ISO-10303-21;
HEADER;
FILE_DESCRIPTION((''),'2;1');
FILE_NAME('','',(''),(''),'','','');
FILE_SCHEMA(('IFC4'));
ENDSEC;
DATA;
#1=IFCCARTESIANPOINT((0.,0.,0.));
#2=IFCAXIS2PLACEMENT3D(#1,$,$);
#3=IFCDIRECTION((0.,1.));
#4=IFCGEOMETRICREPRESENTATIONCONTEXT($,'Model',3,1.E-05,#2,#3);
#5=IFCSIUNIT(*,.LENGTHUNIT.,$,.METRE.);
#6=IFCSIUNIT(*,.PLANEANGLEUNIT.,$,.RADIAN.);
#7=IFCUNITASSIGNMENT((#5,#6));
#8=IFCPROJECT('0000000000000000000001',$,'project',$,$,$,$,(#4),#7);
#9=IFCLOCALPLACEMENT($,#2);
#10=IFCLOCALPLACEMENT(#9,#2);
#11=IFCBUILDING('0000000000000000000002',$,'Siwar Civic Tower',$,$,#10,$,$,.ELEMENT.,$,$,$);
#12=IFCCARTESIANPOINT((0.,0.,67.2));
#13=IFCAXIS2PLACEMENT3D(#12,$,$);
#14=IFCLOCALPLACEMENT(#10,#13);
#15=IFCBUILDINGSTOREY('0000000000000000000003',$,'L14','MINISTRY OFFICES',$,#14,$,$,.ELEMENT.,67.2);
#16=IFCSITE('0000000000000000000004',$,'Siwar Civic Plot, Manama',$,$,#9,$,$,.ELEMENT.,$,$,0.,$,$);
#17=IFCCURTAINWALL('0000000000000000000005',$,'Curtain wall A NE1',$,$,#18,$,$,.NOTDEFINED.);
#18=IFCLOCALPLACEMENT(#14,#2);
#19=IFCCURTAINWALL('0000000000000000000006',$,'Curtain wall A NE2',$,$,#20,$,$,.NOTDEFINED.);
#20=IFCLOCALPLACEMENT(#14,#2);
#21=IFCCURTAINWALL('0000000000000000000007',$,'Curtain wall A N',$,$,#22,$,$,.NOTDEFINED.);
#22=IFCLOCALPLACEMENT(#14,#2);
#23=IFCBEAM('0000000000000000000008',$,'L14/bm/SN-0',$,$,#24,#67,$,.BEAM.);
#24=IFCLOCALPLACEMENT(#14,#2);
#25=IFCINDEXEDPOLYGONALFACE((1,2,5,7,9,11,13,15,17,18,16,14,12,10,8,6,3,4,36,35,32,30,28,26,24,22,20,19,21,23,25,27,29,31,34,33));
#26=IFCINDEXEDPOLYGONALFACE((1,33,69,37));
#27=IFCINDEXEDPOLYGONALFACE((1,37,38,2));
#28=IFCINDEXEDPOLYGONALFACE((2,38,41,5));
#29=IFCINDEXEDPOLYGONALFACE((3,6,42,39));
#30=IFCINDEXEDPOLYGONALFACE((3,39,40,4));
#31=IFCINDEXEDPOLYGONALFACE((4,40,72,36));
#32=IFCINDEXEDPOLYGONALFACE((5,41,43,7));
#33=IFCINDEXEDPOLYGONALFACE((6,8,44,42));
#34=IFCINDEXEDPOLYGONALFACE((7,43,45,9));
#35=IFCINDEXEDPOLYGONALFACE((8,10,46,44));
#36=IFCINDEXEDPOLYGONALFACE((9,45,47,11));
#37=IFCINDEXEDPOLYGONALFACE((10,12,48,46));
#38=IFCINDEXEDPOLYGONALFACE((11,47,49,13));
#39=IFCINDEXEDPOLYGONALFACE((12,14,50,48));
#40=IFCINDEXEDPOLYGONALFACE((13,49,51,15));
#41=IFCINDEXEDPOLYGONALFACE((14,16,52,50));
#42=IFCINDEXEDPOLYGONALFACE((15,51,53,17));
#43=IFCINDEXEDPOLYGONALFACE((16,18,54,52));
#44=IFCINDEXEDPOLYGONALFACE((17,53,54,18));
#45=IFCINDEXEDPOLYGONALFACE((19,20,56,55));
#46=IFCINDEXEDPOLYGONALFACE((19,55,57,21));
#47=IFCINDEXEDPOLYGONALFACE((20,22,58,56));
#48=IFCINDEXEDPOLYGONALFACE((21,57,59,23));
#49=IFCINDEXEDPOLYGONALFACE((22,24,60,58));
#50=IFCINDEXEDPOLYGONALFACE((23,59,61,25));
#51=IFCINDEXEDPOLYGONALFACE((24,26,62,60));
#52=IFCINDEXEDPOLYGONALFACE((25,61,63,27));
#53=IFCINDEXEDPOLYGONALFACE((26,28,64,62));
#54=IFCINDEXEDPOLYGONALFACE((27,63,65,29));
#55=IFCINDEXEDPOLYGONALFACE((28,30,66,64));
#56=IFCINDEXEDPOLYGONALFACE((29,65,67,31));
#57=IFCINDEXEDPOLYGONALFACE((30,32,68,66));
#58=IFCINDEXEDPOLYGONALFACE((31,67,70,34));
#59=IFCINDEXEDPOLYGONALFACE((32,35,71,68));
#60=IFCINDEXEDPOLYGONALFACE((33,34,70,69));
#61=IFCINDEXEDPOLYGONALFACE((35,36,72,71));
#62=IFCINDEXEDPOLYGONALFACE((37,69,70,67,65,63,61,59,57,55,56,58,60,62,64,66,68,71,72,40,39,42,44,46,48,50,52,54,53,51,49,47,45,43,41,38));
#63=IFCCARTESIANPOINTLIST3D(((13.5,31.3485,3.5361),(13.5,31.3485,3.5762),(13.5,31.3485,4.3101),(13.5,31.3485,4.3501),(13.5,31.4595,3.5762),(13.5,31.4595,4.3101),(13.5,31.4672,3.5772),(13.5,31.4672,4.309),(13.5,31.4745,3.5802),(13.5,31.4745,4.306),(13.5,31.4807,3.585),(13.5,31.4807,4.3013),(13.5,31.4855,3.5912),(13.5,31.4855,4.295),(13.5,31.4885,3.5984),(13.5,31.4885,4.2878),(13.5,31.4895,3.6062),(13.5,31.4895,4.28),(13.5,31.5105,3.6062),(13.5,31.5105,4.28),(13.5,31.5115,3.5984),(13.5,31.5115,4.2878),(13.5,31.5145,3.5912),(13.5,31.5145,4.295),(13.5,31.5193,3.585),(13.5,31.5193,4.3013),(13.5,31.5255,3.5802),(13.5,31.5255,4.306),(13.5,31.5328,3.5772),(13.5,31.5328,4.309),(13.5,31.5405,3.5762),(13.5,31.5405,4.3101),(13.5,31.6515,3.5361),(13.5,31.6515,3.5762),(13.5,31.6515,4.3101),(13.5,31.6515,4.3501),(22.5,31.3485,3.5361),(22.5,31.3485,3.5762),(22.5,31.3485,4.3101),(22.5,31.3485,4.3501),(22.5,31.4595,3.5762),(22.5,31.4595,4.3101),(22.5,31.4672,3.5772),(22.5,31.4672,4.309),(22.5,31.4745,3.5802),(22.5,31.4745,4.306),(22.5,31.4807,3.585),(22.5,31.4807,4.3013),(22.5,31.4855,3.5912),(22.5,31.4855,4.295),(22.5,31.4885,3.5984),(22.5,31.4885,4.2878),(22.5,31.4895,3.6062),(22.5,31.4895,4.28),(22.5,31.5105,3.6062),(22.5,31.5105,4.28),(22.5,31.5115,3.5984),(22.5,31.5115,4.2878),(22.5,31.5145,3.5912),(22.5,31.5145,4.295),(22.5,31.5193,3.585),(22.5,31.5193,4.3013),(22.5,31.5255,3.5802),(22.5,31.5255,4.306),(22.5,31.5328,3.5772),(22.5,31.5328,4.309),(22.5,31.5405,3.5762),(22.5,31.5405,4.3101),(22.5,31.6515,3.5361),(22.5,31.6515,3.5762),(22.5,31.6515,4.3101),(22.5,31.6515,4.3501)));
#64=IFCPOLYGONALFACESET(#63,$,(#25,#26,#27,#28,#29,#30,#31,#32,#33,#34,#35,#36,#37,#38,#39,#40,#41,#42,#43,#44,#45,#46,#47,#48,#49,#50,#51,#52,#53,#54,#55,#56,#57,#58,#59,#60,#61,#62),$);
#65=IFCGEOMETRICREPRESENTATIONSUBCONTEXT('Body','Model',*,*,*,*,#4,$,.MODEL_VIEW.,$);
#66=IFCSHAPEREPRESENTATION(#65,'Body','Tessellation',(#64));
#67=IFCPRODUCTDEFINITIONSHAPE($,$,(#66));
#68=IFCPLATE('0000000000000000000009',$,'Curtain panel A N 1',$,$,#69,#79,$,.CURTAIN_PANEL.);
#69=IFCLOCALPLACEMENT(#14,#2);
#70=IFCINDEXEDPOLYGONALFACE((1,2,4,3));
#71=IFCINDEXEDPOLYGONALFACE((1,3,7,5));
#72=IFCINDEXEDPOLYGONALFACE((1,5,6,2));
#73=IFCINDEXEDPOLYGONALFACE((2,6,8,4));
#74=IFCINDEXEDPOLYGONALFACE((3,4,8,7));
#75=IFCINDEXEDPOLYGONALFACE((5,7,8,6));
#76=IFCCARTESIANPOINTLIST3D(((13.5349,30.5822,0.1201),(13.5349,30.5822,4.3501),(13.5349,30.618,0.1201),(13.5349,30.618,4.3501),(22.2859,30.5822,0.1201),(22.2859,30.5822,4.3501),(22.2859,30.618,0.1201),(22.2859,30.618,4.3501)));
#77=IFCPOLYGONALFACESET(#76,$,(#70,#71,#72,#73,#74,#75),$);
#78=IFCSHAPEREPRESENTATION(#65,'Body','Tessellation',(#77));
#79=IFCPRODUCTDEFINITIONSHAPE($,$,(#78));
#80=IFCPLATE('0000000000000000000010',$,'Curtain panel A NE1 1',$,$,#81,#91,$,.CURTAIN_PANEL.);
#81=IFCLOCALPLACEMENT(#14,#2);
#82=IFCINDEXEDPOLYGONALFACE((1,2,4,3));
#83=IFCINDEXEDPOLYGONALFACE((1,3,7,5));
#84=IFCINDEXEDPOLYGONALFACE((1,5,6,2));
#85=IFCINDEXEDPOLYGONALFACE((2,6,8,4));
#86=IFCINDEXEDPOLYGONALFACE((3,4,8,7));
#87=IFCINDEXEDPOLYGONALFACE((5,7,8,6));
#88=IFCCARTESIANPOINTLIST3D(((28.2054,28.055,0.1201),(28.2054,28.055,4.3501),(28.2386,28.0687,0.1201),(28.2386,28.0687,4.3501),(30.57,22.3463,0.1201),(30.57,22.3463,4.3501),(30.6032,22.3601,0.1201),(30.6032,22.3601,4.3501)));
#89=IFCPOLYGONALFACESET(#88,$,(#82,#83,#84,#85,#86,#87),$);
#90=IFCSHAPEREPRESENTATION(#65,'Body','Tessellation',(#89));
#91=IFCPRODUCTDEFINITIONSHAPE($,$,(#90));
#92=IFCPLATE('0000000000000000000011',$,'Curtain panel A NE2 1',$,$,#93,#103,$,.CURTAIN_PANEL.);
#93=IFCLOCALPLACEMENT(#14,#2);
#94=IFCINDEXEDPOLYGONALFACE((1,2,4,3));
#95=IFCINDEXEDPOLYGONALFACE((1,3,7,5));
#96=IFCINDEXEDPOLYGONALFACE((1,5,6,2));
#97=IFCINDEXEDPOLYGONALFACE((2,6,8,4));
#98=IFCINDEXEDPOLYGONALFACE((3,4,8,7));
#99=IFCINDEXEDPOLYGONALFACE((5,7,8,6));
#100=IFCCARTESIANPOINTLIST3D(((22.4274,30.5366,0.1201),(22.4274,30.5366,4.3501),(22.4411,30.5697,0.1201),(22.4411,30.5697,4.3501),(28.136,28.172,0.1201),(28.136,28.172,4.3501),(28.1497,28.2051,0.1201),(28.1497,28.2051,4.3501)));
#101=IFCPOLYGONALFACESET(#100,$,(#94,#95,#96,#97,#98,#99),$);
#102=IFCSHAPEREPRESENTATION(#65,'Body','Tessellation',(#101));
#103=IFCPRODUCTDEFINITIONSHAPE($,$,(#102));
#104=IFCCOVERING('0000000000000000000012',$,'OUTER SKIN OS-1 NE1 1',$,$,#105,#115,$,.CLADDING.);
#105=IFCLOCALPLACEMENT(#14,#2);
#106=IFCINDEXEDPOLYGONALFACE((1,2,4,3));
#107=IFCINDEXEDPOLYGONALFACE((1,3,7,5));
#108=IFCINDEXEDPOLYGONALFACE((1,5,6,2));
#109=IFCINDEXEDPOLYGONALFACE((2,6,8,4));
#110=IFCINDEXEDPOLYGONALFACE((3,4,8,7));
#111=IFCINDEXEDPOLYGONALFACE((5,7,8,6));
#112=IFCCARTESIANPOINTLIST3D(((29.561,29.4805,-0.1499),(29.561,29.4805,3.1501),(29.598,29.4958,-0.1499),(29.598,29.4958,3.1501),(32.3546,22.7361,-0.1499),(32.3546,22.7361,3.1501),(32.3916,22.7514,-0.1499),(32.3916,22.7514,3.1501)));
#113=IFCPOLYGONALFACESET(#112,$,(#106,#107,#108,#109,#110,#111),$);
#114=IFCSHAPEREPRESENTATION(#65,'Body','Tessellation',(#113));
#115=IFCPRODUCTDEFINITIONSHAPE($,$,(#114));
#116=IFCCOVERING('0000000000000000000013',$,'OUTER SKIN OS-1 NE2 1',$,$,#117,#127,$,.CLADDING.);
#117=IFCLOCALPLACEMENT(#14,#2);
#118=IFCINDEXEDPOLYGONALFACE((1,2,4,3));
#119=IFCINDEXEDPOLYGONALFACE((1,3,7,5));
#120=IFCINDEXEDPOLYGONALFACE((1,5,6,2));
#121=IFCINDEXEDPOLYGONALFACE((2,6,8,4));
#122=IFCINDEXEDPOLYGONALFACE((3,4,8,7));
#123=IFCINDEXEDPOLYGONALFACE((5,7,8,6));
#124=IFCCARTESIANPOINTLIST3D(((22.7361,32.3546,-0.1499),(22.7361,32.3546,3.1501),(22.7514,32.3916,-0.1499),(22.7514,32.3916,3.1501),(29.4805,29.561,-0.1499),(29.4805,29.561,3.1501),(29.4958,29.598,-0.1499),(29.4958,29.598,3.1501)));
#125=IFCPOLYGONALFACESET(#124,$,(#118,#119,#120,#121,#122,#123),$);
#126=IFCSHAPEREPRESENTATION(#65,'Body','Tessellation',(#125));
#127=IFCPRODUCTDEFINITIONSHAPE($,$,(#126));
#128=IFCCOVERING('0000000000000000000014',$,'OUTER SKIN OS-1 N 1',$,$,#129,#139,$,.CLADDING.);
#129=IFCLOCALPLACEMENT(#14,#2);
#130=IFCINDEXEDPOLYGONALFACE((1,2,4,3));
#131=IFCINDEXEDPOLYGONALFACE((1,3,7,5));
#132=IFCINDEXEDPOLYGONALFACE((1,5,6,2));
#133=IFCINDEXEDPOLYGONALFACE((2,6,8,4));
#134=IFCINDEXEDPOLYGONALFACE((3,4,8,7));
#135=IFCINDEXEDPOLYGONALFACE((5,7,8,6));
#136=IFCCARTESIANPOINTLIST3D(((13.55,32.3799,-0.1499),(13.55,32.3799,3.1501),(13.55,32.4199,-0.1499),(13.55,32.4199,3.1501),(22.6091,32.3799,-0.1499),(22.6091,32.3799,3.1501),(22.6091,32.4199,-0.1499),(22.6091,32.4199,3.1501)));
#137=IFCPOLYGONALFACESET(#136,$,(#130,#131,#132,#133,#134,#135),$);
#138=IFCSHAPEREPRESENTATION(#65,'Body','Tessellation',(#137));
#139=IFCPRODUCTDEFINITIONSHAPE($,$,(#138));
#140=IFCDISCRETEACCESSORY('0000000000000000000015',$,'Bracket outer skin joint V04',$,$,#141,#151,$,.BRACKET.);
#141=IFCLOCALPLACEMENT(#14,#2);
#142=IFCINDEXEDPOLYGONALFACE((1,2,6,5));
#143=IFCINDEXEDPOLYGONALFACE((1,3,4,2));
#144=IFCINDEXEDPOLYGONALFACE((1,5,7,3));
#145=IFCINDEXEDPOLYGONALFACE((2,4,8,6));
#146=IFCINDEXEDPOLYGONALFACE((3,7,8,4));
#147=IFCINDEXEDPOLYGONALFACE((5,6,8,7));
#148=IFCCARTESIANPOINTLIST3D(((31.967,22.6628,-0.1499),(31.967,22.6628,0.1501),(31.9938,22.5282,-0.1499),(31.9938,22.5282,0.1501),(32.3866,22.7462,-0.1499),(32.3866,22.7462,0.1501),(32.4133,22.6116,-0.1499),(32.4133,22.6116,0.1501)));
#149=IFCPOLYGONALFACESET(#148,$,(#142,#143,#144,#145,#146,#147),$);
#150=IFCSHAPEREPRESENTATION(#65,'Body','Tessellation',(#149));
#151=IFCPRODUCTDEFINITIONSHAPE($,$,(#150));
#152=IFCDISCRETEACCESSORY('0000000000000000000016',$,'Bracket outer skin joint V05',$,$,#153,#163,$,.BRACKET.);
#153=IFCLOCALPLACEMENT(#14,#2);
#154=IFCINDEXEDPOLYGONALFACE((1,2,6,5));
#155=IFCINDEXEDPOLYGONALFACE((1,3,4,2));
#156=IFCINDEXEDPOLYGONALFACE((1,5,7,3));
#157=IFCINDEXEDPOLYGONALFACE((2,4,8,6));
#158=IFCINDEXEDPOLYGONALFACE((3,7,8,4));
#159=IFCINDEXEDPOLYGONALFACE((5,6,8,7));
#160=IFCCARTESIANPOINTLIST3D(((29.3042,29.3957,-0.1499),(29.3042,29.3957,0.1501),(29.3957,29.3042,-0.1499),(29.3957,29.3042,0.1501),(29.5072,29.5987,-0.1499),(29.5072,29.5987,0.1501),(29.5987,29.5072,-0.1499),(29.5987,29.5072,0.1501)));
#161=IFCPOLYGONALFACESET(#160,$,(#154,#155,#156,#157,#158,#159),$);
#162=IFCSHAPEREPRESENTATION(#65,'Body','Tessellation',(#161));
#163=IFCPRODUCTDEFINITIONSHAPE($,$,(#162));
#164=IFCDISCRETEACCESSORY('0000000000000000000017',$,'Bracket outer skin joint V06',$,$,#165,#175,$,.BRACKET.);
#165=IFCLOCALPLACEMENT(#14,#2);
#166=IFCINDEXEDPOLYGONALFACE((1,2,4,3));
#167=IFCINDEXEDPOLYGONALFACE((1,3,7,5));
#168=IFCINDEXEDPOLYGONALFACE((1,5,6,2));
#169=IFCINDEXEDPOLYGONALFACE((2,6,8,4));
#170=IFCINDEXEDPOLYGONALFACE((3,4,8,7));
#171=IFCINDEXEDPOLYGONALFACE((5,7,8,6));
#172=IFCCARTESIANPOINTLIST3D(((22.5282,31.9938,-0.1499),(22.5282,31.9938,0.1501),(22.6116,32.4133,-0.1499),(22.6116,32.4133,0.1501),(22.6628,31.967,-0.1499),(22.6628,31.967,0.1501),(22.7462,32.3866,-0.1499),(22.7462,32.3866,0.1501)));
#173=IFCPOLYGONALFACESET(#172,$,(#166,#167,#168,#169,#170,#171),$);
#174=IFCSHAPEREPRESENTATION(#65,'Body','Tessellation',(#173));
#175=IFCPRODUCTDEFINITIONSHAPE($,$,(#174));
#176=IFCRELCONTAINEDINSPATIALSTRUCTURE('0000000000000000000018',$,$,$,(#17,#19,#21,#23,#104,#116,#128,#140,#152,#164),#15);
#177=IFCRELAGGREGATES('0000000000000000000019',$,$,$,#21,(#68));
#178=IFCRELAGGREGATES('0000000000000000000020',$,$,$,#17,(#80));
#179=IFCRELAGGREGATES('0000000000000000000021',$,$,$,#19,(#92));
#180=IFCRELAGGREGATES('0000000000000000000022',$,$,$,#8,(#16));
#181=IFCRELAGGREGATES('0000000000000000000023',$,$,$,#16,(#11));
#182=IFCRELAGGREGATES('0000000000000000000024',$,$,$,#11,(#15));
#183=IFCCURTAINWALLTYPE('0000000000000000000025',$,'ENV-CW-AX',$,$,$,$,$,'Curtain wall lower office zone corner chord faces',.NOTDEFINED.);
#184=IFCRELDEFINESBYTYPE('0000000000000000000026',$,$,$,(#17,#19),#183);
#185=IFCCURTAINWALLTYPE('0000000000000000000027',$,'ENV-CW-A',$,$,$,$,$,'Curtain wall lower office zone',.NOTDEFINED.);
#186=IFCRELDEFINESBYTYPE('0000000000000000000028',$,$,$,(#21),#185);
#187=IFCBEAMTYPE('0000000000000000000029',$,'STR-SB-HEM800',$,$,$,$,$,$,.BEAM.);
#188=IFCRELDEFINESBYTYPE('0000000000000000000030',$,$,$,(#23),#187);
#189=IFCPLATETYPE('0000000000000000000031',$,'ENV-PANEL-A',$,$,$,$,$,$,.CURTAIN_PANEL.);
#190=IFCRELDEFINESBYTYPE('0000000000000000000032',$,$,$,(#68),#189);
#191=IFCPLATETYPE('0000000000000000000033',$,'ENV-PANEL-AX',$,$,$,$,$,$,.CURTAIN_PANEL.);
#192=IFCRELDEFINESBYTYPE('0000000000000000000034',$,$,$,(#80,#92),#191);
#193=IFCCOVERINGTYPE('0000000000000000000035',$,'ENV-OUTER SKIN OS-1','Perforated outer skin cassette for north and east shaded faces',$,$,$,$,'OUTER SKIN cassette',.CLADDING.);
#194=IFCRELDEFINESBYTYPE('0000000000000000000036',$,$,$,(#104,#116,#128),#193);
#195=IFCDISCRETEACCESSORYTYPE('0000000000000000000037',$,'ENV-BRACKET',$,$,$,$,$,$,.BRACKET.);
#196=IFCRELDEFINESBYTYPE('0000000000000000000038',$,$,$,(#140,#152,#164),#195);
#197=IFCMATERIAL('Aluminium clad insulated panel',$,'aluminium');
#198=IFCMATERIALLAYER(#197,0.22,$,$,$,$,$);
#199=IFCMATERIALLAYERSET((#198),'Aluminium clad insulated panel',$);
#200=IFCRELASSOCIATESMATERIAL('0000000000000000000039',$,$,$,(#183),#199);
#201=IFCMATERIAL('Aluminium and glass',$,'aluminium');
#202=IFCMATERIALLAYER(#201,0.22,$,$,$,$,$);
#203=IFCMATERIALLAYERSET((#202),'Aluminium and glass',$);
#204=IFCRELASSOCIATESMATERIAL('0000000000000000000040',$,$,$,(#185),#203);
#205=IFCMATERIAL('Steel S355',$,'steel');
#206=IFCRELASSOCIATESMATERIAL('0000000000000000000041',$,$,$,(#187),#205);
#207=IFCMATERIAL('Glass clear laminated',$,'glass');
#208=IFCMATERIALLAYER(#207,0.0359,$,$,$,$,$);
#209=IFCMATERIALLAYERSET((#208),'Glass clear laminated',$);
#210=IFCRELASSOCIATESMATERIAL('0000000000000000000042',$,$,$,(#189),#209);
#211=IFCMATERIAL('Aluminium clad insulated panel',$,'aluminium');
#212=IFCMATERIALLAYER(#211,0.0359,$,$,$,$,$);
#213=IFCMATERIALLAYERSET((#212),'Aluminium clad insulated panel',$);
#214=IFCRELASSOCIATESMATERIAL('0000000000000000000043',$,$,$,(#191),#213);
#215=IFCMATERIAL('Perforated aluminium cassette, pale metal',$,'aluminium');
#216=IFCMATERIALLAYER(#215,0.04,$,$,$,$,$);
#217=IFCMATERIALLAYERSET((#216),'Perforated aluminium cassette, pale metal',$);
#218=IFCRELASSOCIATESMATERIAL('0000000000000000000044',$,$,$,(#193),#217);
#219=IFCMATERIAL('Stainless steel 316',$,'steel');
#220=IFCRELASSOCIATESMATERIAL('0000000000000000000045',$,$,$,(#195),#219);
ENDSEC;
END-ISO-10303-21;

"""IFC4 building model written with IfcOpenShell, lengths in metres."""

from ifc_helpers import new_model, si_unit, direction, frame, origin, origin_2d, place, context, subcontext, project, spatial, rectangle, i_section, extrude, material, layer, layer_set, material_profile, profile_set, type_object, element, aggregate, save


model = new_model("IFC4")

# Units and contexts
model_context = context("Model", 3, precision=1e-05, world=origin(), true_north=direction((0.0, 1.0)))
body_context = subcontext(model_context, "Body", "Model", "MODEL_VIEW")
ifc_project = project(units=[si_unit("LENGTHUNIT", "METRE"), si_unit("PLANEANGLEUNIT", "RADIAN")], contexts=[model_context])

# Site, building, storey
site_placement = place(None, origin())
site = spatial("IfcSite", under=ifc_project, at=site_placement, Name="Siwar Civic Plot, Manama", CompositionType="ELEMENT", RefElevation=0.0)
building_placement = place(site_placement, origin())
building = spatial("IfcBuilding", under=site, at=building_placement, Name="Siwar Civic Tower", CompositionType="ELEMENT")
storey_placement = place(building_placement, frame((0.0, 0.0, 67.2)))
storey = spatial("IfcBuildingStorey", under=building, at=storey_placement, Name="L14", Description="MINISTRY OFFICES", CompositionType="ELEMENT", Elevation=67.2)

# Curtain walls
ifc_material_1 = material(Name="Aluminium clad insulated panel", Category="aluminium")
ifc_layer_1 = layer(ifc_material_1, 0.22)
ifc_layer_set_1 = layer_set([ifc_layer_1], Name="Aluminium clad insulated panel")
curtain_wall_type_1 = type_object("IfcCurtainWallType", Name="ENV-CW-AX", ElementType="Curtain wall lower office zone corner chord faces", PredefinedType="NOTDEFINED", material=ifc_layer_set_1)
curtain_wall_1_placement = place(storey_placement, origin())
curtain_wall_1 = element("IfcCurtainWall", 1, at=curtain_wall_1_placement, inside=storey, type_object=curtain_wall_type_1, Name="Curtain wall A NE1", PredefinedType="NOTDEFINED")
curtain_wall_2_placement = place(storey_placement, origin())
curtain_wall_2 = element("IfcCurtainWall", 2, at=curtain_wall_2_placement, inside=storey, type_object=curtain_wall_type_1, Name="Curtain wall A NE2", PredefinedType="NOTDEFINED")
ifc_material_2 = material(Name="Aluminium and glass", Category="aluminium")
ifc_layer_2 = layer(ifc_material_2, 0.22)
ifc_layer_set_2 = layer_set([ifc_layer_2], Name="Aluminium and glass")
curtain_wall_type_2 = type_object("IfcCurtainWallType", Name="ENV-CW-A", ElementType="Curtain wall lower office zone", PredefinedType="NOTDEFINED", material=ifc_layer_set_2)
curtain_wall_3_placement = place(storey_placement, origin())
curtain_wall_3 = element("IfcCurtainWall", 3, at=curtain_wall_3_placement, inside=storey, type_object=curtain_wall_type_2, Name="Curtain wall A N", PredefinedType="NOTDEFINED")

# Beam
ifc_material_3 = material(Name="Steel S355", Category="steel")
ifc_material_profile_1 = material_profile(ifc_material_3, i_section(OverallWidth=0.303, OverallDepth=0.814, WebThickness=0.021, FlangeThickness=0.04, FilletRadius=0.03, at=origin_2d()), Name="HEM800")
ifc_profile_set_1 = profile_set([ifc_material_profile_1], Name="Steel S355")
beam_type_1 = type_object("IfcBeamType", Name="STR-SB-HEM800", PredefinedType="BEAM", material=ifc_profile_set_1)
beam_1_placement = place(storey_placement, frame((22.5, 31.5, 3.9431), z_axis=(-1.0, 0.0, 0.0), x_axis=(0.0, -1.0, 0.0)))
element("IfcBeam", 4, at=beam_1_placement, inside=storey, type_object=beam_type_1, Name="L14/bm/SN-0", PredefinedType="BEAM", context=body_context, shape_type="SweptSolid", body=[
    extrude(i_section(OverallWidth=0.303, OverallDepth=0.814, WebThickness=0.021, FlangeThickness=0.04, FilletRadius=0.03, at=origin_2d()), origin(), (0.0, 0.0, 1.0), 9.0),
])

# Plates
ifc_material_4 = material(Name="Glass clear laminated", Category="glass")
ifc_layer_3 = layer(ifc_material_4, 0.0359)
ifc_layer_set_3 = layer_set([ifc_layer_3], Name="Glass clear laminated")
plate_type_1 = type_object("IfcPlateType", Name="ENV-PANEL-A", PredefinedType="CURTAIN_PANEL", material=ifc_layer_set_3)
plate_1_placement = place(storey_placement, frame((17.9104, 30.6001, 0.1201), z_axis=(0.0, 0.0, 1.0), x_axis=(-1.0, 0.0, 0.0)))
plate_1 = element("IfcPlate", 5, at=plate_1_placement, type_object=plate_type_1, Name="Curtain panel A N 1", PredefinedType="CURTAIN_PANEL", context=body_context, shape_type="SweptSolid", body=[
    extrude(rectangle(XDim=8.751, YDim=0.0359, at=origin_2d()), origin(), (0.0, 0.0, 1.0), 4.23),
])
aggregate(curtain_wall_3, [plate_1])
ifc_material_5 = material(Name="Aluminium clad insulated panel", Category="aluminium")
ifc_layer_4 = layer(ifc_material_5, 0.0359)
ifc_layer_set_4 = layer_set([ifc_layer_4], Name="Aluminium clad insulated panel")
plate_type_2 = type_object("IfcPlateType", Name="ENV-PANEL-AX", PredefinedType="CURTAIN_PANEL", material=ifc_layer_set_4)
plate_2_placement = place(storey_placement, frame((29.4043, 25.2075, 0.1201), z_axis=(0.0, 0.0, 1.0), x_axis=(-0.382683, 0.92388, 0.0)))
plate_2 = element("IfcPlate", 6, at=plate_2_placement, type_object=plate_type_2, Name="Curtain panel A NE1 1", PredefinedType="CURTAIN_PANEL", context=body_context, shape_type="SweptSolid", body=[
    extrude(rectangle(XDim=6.179, YDim=0.0359, at=origin_2d()), origin(), (0.0, 0.0, 1.0), 4.23),
])
aggregate(curtain_wall_1, [plate_2])
plate_3_placement = place(storey_placement, frame((25.2886, 29.3708, 0.1201), z_axis=(0.0, 0.0, 1.0), x_axis=(-0.92388, 0.382683, 0.0)))
plate_3 = element("IfcPlate", 7, at=plate_3_placement, type_object=plate_type_2, Name="Curtain panel A NE2 1", PredefinedType="CURTAIN_PANEL", context=body_context, shape_type="SweptSolid", body=[
    extrude(rectangle(XDim=6.179, YDim=0.0359, at=origin_2d()), origin(), (0.0, 0.0, 1.0), 4.23),
])
aggregate(curtain_wall_2, [plate_3])

# Coverings
ifc_material_6 = material(Name="Perforated aluminium cassette, pale metal", Category="aluminium")
ifc_layer_5 = layer(ifc_material_6, 0.04)
ifc_layer_set_5 = layer_set([ifc_layer_5], Name="Perforated aluminium cassette, pale metal")
covering_type = type_object("IfcCoveringType", Name="ENV-OUTER SKIN OS-1", Description="Perforated outer skin cassette for north and east shaded faces", ElementType="OUTER SKIN cassette", PredefinedType="CLADDING", material=ifc_layer_set_5)
for number, where, z_axis, x_axis, name in (
    (8, (30.9763, 26.116, -0.1499), (0.0, 0.0, 1.0), (-0.382683, 0.92388, 0.0), "OUTER SKIN OS-1 NE1 1"),
    (9, (26.116, 30.9763, -0.1499), (0.0, 0.0, 1.0), (-0.92388, 0.382683, 0.0), "OUTER SKIN OS-1 NE2 1"),
):
    element("IfcCovering", number, at=place(storey_placement, frame(where, z_axis=z_axis, x_axis=x_axis)), inside=storey, type_object=covering_type, Name=name, PredefinedType="CLADDING", context=body_context, shape_type="SweptSolid", body=[
        extrude(rectangle(XDim=7.3, YDim=0.04, at=origin_2d()), origin(), (0.0, 0.0, 1.0), 3.3),
    ])
covering_placement = place(storey_placement, frame((18.0796, 32.3999, -0.1499), z_axis=(0.0, 0.0, 1.0), x_axis=(-1.0, 0.0, 0.0)))
element("IfcCovering", 10, at=covering_placement, inside=storey, type_object=covering_type, Name="OUTER SKIN OS-1 N 1", PredefinedType="CLADDING", context=body_context, shape_type="SweptSolid", body=[
    extrude(rectangle(XDim=9.0591, YDim=0.04, at=origin_2d()), origin(), (0.0, 0.0, 1.0), 3.3),
])

# Discrete accessories
ifc_material_7 = material(Name="Stainless steel 316", Category="steel")
discrete_accessory_type = type_object("IfcDiscreteAccessoryType", Name="ENV-BRACKET", PredefinedType="BRACKET", material=ifc_material_7)
discrete_accessory_1_placement = place(storey_placement, frame((32.1902, 22.6372, -0.1499), z_axis=(0.0, 0.0, 1.0), x_axis=(0.980785, 0.19509, 0.0)))
element("IfcDiscreteAccessory", 11, at=discrete_accessory_1_placement, inside=storey, type_object=discrete_accessory_type, Name="Bracket outer skin joint V04", PredefinedType="BRACKET", context=body_context, shape_type="SweptSolid", body=[
    extrude(rectangle(XDim=0.4277, YDim=0.1372, at=origin_2d()), origin(), (0.0, 0.0, 1.0), 0.3),
])
discrete_accessory_2_placement = place(storey_placement, frame((29.4514, 29.4514, -0.1499), z_axis=(0.0, 0.0, 1.0), x_axis=(0.707107, 0.707107, 0.0)))
element("IfcDiscreteAccessory", 12, at=discrete_accessory_2_placement, inside=storey, type_object=discrete_accessory_type, Name="Bracket outer skin joint V05", PredefinedType="BRACKET", context=body_context, shape_type="SweptSolid", body=[
    extrude(rectangle(XDim=0.2871, YDim=0.1294, at=origin_2d()), origin(), (0.0, 0.0, 1.0), 0.3),
])
discrete_accessory_3_placement = place(storey_placement, frame((22.6372, 32.1902, -0.1499), z_axis=(0.0, 0.0, 1.0), x_axis=(0.19509, 0.980785, 0.0)))
element("IfcDiscreteAccessory", 13, at=discrete_accessory_3_placement, inside=storey, type_object=discrete_accessory_type, Name="Bracket outer skin joint V06", PredefinedType="BRACKET", context=body_context, shape_type="SweptSolid", body=[
    extrude(rectangle(XDim=0.4277, YDim=0.1372, at=origin_2d()), origin(), (0.0, 0.0, 1.0), 0.3),
])

save(model, "model.ifc")
